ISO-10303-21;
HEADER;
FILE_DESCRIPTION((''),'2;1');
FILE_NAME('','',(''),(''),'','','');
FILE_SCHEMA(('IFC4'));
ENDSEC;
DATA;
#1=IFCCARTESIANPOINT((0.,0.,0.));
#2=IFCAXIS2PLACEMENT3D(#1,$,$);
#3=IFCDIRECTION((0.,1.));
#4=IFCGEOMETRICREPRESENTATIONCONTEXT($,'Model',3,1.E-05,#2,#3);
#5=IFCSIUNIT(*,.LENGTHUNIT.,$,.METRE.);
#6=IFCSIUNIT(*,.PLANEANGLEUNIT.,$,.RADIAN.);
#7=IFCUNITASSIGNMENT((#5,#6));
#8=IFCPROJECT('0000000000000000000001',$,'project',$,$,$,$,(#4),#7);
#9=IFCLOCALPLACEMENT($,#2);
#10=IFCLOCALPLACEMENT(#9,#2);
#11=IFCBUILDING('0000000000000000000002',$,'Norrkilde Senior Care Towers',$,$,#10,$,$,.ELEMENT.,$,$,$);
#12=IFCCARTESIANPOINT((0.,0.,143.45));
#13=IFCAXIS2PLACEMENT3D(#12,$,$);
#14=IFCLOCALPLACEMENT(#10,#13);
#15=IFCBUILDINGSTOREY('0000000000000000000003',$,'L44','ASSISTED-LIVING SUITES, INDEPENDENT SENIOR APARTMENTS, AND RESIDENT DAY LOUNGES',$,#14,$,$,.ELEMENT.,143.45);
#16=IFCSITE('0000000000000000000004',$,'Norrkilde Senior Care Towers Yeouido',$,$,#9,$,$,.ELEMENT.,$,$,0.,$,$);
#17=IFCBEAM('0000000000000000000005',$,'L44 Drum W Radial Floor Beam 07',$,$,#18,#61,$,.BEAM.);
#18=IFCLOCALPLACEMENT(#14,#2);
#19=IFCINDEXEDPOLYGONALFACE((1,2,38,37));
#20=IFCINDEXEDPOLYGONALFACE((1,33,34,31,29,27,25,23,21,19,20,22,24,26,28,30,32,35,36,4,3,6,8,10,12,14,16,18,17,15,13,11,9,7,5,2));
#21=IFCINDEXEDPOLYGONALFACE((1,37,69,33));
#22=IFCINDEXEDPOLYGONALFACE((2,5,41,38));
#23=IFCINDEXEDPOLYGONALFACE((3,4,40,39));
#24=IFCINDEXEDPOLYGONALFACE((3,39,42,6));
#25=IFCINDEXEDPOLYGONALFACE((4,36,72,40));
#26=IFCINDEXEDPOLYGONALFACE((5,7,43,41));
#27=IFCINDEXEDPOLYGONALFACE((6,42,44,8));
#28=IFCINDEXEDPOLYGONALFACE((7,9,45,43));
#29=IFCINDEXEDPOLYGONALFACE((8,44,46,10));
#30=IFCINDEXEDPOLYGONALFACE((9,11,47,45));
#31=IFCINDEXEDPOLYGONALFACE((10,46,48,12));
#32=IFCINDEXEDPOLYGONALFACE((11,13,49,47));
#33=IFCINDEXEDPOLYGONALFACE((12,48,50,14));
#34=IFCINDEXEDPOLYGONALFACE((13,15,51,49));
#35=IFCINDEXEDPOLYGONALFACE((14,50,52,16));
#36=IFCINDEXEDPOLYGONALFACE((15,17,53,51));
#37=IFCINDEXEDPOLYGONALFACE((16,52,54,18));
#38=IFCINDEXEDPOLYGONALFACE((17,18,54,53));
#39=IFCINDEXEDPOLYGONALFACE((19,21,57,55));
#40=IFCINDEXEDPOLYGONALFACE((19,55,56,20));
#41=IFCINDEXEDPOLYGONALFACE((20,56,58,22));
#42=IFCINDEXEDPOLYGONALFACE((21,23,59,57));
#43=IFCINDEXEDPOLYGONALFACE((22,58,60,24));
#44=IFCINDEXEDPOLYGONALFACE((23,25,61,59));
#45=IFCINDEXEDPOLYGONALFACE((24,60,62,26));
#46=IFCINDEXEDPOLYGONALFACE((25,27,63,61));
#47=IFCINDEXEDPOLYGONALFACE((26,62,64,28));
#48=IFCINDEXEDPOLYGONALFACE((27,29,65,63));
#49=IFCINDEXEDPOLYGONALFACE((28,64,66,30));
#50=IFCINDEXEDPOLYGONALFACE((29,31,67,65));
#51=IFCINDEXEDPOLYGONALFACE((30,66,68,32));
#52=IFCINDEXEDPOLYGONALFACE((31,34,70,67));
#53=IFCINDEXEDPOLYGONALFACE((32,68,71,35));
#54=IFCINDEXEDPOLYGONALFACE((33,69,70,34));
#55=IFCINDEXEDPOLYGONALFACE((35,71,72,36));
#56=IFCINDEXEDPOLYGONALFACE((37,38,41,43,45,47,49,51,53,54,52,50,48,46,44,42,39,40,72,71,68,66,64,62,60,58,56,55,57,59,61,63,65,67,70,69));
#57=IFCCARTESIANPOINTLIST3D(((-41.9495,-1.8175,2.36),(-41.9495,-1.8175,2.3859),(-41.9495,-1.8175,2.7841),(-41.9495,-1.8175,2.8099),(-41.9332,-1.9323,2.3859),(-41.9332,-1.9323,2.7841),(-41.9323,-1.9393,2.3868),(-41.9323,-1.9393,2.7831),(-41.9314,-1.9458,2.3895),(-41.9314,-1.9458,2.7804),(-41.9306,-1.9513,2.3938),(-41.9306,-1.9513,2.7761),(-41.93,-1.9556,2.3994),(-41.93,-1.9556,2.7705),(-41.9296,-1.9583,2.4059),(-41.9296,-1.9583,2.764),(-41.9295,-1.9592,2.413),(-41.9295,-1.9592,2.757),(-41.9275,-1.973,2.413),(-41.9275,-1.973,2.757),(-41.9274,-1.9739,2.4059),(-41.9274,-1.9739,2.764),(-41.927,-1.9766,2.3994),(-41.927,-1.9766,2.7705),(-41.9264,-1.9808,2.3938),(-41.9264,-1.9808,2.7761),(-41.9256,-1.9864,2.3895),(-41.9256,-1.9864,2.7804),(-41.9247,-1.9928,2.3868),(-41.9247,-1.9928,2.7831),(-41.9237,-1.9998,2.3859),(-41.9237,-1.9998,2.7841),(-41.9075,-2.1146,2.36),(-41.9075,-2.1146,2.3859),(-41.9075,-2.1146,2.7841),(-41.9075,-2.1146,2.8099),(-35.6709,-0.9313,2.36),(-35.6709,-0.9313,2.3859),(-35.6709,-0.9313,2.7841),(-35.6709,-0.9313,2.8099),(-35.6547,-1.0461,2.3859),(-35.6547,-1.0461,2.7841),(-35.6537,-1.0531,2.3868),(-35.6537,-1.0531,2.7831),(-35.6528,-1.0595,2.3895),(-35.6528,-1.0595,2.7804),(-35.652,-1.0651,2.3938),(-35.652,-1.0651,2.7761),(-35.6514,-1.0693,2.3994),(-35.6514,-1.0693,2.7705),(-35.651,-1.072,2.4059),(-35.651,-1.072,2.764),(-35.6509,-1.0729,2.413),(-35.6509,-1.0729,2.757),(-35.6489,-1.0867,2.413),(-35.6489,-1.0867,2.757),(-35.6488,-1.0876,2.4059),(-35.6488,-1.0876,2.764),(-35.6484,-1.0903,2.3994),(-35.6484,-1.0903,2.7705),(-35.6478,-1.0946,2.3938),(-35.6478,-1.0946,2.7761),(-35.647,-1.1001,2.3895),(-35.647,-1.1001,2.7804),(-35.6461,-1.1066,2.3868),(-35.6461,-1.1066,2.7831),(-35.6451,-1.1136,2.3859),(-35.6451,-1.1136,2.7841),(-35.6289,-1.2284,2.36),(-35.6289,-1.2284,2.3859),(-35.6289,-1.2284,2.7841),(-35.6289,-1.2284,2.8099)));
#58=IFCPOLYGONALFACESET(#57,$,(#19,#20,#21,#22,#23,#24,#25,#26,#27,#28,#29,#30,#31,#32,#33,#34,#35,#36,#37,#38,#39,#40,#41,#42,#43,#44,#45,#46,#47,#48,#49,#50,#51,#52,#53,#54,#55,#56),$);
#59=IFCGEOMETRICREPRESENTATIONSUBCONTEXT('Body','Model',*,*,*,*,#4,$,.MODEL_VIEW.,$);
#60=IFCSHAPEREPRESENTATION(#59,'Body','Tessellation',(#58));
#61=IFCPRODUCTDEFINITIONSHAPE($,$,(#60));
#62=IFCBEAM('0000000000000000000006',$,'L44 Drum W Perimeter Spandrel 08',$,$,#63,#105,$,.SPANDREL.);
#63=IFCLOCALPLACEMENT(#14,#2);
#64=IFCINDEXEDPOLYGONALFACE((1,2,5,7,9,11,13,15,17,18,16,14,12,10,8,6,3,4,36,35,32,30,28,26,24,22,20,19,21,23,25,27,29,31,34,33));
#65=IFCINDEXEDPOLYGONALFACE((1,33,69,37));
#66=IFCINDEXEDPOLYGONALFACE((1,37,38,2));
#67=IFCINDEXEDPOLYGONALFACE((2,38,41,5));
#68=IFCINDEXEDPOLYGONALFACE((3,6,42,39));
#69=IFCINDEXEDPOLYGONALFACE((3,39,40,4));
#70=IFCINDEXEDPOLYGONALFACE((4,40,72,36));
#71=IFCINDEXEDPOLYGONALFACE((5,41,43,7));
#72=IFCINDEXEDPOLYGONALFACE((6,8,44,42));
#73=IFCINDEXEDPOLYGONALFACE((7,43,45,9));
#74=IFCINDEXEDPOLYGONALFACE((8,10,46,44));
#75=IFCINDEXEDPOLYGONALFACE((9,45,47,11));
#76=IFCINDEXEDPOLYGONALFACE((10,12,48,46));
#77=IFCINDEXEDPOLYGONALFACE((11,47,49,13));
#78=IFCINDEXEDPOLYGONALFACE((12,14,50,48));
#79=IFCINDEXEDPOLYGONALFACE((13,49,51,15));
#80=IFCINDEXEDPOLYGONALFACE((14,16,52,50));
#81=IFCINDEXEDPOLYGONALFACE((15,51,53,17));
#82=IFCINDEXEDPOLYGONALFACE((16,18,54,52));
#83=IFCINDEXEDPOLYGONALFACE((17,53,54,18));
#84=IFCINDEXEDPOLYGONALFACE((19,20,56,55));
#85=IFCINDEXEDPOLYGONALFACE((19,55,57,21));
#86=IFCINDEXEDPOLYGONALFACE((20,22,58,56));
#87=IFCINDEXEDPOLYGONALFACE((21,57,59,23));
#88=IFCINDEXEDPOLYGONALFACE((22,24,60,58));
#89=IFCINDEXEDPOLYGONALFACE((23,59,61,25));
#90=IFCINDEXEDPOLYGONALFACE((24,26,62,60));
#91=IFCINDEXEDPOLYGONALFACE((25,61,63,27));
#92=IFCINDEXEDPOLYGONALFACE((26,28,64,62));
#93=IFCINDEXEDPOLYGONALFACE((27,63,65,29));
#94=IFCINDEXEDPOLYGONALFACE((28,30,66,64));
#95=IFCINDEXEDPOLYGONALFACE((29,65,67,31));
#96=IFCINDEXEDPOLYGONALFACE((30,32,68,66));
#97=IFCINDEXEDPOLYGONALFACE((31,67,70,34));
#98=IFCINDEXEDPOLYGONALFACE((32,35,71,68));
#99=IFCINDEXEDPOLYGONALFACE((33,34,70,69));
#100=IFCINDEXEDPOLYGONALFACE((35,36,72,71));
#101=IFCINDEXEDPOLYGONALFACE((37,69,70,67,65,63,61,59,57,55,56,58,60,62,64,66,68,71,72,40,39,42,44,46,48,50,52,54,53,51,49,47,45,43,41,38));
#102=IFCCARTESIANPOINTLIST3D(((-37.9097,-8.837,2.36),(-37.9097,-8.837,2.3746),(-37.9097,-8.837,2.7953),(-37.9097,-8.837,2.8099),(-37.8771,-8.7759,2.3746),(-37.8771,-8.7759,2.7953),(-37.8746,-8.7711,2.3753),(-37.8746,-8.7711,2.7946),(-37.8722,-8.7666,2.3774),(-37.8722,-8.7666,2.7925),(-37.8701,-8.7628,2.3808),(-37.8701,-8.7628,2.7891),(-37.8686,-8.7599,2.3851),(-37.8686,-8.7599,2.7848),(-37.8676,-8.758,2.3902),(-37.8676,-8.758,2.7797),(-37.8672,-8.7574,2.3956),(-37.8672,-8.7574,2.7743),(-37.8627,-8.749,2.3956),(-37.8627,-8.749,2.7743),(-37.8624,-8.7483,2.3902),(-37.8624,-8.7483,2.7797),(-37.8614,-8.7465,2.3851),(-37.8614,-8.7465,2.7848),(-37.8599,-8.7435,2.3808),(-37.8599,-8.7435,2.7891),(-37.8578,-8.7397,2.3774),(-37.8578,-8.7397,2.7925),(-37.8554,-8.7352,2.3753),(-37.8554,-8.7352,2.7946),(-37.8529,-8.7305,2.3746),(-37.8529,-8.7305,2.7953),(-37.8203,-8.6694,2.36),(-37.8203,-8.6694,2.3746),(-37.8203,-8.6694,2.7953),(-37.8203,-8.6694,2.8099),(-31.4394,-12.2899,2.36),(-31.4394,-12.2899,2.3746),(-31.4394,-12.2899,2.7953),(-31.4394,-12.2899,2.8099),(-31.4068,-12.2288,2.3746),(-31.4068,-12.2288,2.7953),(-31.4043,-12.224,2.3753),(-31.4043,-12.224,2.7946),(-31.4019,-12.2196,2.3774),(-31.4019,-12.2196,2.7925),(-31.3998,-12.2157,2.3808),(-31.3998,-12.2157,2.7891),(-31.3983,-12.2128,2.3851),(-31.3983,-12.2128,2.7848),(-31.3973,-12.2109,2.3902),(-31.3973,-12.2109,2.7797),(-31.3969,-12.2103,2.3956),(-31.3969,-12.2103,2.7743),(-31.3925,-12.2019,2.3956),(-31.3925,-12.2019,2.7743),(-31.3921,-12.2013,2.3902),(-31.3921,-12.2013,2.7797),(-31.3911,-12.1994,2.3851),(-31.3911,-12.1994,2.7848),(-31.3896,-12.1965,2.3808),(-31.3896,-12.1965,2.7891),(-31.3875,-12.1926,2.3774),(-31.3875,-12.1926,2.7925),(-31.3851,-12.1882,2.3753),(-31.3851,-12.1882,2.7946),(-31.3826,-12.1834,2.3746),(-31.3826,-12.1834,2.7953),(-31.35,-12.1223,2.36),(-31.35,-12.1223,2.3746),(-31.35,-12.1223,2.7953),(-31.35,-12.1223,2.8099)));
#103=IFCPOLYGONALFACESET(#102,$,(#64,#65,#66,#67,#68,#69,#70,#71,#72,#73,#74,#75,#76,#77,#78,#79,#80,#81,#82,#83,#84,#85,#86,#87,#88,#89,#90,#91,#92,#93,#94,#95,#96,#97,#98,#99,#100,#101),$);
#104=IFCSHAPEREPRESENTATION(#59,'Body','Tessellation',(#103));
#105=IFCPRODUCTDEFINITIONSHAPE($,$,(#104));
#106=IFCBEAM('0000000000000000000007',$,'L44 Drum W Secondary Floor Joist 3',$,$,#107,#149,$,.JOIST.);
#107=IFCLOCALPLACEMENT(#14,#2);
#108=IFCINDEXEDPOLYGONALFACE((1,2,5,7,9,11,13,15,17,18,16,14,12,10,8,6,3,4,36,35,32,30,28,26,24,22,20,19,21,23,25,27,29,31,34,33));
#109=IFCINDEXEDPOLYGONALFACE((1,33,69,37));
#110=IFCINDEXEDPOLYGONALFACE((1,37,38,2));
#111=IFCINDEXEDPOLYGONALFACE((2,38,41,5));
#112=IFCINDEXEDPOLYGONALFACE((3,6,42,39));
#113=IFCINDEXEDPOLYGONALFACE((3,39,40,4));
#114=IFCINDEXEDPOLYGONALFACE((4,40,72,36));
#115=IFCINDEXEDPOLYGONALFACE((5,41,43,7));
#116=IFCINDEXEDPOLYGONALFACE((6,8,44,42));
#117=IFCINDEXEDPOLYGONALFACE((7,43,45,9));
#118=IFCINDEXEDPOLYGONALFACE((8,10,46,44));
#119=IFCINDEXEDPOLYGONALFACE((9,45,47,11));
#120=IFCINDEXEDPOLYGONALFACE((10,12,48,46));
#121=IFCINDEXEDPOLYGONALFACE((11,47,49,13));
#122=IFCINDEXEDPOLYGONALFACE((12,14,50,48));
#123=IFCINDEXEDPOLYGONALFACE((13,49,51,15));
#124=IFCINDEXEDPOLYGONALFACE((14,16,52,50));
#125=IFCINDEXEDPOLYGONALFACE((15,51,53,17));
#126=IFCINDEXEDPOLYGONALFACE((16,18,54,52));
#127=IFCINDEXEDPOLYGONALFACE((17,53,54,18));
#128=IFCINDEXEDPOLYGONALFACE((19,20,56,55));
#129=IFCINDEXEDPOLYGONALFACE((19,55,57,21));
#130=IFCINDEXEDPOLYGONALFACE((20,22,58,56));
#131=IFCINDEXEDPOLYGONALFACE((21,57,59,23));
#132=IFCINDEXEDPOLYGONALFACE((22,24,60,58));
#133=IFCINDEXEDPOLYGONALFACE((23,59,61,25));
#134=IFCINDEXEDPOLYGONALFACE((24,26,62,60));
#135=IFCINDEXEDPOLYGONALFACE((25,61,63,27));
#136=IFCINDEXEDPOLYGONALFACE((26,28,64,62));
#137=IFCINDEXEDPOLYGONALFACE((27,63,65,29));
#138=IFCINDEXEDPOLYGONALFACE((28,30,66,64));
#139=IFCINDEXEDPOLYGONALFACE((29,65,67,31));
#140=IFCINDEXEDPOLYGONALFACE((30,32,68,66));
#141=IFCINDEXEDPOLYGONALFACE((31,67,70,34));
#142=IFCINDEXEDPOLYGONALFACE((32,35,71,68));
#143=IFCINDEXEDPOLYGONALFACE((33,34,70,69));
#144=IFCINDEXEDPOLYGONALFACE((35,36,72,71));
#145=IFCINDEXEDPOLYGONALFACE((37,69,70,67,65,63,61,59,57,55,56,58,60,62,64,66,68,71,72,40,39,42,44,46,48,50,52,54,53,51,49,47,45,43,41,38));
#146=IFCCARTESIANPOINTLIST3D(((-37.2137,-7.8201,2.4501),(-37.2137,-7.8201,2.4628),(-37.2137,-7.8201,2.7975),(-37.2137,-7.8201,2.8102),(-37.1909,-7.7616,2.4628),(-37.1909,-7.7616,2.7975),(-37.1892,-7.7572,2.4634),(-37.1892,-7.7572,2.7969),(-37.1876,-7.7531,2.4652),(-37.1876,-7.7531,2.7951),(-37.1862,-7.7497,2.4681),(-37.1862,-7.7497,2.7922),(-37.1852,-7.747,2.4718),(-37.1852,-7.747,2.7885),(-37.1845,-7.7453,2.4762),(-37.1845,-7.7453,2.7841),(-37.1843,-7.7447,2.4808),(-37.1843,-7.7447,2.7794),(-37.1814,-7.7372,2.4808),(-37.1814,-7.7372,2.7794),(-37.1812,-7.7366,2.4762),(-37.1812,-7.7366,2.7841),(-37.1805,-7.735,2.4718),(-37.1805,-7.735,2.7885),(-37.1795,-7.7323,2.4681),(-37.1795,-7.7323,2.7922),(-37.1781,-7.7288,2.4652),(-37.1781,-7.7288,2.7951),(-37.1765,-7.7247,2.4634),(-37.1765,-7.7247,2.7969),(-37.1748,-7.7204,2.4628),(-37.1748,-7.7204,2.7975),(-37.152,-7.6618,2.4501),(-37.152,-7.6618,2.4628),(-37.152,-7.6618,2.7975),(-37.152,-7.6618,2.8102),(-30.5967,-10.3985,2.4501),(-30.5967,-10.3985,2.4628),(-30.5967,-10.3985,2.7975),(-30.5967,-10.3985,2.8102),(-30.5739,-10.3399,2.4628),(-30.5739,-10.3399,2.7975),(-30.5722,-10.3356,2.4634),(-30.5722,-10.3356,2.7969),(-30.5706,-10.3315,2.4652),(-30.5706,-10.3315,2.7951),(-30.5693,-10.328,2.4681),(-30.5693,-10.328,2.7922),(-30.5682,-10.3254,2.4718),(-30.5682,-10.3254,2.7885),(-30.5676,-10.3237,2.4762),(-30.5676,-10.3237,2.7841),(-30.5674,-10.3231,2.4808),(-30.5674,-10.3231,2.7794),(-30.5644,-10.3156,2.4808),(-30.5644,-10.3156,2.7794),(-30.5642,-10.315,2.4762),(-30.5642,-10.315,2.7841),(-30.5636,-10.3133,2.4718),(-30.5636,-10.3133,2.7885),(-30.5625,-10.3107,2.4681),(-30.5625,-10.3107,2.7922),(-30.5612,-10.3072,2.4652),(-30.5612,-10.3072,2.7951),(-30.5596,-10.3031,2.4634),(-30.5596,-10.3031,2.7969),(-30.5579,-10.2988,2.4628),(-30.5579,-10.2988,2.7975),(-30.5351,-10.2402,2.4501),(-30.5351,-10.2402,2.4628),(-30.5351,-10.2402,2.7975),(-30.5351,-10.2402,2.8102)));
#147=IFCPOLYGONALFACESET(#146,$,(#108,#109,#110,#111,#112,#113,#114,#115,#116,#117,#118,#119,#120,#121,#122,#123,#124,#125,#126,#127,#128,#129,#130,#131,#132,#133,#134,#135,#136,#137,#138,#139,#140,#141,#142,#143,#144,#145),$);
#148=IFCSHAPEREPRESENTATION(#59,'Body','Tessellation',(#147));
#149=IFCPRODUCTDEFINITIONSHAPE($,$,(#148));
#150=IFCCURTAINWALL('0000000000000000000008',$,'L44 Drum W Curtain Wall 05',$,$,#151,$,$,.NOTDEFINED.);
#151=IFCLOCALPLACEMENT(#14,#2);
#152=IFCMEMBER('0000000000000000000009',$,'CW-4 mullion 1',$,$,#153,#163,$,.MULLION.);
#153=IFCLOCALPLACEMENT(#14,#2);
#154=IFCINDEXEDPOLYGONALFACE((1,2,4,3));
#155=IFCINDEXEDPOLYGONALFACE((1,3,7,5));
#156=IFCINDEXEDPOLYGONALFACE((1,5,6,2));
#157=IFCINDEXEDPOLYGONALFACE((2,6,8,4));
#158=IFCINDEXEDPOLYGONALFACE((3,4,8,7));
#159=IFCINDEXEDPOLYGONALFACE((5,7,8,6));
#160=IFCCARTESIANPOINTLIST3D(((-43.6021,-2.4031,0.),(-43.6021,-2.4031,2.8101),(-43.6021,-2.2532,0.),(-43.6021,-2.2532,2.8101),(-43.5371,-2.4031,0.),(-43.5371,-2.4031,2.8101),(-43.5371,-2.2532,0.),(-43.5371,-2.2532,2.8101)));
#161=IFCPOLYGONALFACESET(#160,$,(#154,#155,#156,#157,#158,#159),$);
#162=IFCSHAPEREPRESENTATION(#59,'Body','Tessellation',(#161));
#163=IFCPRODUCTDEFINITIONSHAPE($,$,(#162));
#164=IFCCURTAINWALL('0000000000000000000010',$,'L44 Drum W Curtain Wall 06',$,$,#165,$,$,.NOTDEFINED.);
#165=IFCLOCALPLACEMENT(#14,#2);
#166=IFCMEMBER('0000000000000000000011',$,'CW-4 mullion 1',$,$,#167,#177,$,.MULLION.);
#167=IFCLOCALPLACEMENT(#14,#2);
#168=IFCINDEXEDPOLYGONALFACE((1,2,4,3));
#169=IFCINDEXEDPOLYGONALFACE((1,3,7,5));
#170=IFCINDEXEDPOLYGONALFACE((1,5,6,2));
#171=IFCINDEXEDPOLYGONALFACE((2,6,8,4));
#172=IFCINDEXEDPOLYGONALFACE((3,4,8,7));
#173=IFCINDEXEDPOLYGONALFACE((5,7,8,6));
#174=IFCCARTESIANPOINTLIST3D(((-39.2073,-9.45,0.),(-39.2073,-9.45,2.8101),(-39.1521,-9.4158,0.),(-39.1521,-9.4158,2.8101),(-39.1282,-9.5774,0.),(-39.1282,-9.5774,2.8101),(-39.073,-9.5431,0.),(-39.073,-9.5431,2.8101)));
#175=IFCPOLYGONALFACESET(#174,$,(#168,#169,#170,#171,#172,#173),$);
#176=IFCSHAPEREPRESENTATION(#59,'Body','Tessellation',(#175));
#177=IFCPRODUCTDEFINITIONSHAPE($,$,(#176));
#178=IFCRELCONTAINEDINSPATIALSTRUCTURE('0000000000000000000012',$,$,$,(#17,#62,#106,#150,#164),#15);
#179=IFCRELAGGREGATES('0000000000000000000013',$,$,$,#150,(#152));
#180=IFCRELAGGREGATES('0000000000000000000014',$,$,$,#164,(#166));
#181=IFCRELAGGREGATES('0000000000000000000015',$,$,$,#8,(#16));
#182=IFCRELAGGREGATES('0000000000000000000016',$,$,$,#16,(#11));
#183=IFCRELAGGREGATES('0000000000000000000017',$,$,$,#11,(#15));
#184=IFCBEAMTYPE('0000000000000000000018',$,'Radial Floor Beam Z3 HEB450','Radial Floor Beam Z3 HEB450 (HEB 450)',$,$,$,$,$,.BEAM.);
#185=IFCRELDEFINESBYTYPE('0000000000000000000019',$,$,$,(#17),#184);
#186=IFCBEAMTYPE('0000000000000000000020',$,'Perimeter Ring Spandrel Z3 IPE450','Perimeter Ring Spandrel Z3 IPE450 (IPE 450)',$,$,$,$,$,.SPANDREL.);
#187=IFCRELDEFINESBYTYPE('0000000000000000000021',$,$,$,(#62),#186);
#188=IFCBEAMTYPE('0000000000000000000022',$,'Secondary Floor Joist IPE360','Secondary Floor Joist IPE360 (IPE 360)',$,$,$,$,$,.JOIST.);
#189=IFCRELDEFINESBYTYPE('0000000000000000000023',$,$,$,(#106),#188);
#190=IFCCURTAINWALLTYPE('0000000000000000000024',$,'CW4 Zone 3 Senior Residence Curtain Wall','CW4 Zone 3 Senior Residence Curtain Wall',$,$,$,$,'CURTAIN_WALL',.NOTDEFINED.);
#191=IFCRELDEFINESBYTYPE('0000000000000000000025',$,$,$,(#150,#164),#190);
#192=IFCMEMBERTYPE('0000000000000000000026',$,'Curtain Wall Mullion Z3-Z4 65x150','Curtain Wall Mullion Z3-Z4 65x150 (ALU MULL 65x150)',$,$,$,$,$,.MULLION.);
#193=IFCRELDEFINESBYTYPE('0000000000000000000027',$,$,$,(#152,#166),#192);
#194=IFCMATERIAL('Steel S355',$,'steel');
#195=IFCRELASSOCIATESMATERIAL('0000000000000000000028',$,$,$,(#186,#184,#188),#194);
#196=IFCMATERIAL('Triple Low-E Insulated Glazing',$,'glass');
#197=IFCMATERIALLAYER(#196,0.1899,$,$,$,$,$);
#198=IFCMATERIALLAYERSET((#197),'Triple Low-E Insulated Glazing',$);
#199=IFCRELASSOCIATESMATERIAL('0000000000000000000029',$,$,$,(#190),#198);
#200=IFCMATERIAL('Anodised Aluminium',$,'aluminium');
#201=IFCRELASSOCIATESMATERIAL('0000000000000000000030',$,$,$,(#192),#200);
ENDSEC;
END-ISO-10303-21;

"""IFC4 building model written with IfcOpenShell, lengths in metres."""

from ifc_helpers import new_model, si_unit, direction, frame, origin, origin_2d, place, context, subcontext, project, spatial, rectangle, i_section, extrude, source, transform, mapped, material, layer, layer_set, material_profile, profile_set, type_object, type_shapes, element, aggregate, save


model = new_model("IFC4")

# Units and contexts
model_context = context("Model", 3, precision=1e-05, world=origin(), true_north=direction((0.0, 1.0)))
body_context = subcontext(model_context, "Body", "Model", "MODEL_VIEW")
ifc_project = project(units=[si_unit("LENGTHUNIT", "METRE"), si_unit("PLANEANGLEUNIT", "RADIAN")], contexts=[model_context])

# Site, building, storey
site_placement = place(None, origin())
site = spatial("IfcSite", under=ifc_project, at=site_placement, Name="Norrkilde Senior Care Towers Yeouido", CompositionType="ELEMENT", RefElevation=0.0)
building_placement = place(site_placement, origin())
building = spatial("IfcBuilding", under=site, at=building_placement, Name="Norrkilde Senior Care Towers", CompositionType="ELEMENT")
storey_placement = place(building_placement, frame((0.0, 0.0, 143.45)))
storey = spatial("IfcBuildingStorey", under=building, at=storey_placement, Name="L44", Description="ASSISTED-LIVING SUITES, INDEPENDENT SENIOR APARTMENTS, AND RESIDENT DAY LOUNGES", CompositionType="ELEMENT", Elevation=143.45)

# Beams
ifc_material_1 = material(Name="Steel S355", Category="steel")
ifc_material_profile_1 = material_profile(ifc_material_1, i_section(OverallWidth=0.1899, OverallDepth=0.45, WebThickness=0.0095, FlangeThickness=0.0146, FilletRadius=0.021, at=origin_2d()), Name="IPE 450")
ifc_profile_set_1 = profile_set([ifc_material_profile_1], Name="Steel S355")
beam_type_1 = type_object("IfcBeamType", Name="Perimeter Ring Spandrel Z3 IPE450", Description="Perimeter Ring Spandrel Z3 IPE450 (IPE 450)", PredefinedType="SPANDREL", material=ifc_profile_set_1)
ifc_material_profile_2 = material_profile(ifc_material_1, i_section(OverallWidth=0.3, OverallDepth=0.45, WebThickness=0.0139, FlangeThickness=0.0259, FilletRadius=0.0271, at=origin_2d()), Name="HEB 450")
ifc_profile_set_2 = profile_set([ifc_material_profile_2], Name="Steel S355")
beam_type_2 = type_object("IfcBeamType", Name="Radial Floor Beam Z3 HEB450", Description="Radial Floor Beam Z3 HEB450 (HEB 450)", PredefinedType="BEAM", material=ifc_profile_set_2)
shared_shape_1 = source(origin(), body_context, "Body", "SweptSolid", [
    extrude(i_section(OverallWidth=0.3, OverallDepth=0.45, WebThickness=0.0139, FlangeThickness=0.0259, FilletRadius=0.0271, at=origin_2d()), origin(), (0.0, 0.0, 1.0), 6.3408),
])
type_shapes(beam_type_2, [shared_shape_1])
beam_1_placement = place(storey_placement, frame((-35.6499, -1.0798, 2.585), z_axis=(-0.990185, -0.139766, 0.0), x_axis=(0.139766, -0.990185, 0.0)))
element("IfcBeam", 1, at=beam_1_placement, inside=storey, type_object=beam_type_2, Name="L44 Drum W Radial Floor Beam 07", PredefinedType="BEAM", context=body_context, shape_type="MappedRepresentation", body=[
    mapped(shared_shape_1, transform((0.0, 0.0, 0.0), x_axis=(1.0, 0.0, 0.0), y_axis=(0.0, 1.0, 0.0), z_axis=(0.0, 0.0, 1.0), scale=1.0)),
])
shared_shape_2 = source(origin(), body_context, "Body", "SweptSolid", [
    extrude(i_section(OverallWidth=0.1899, OverallDepth=0.45, WebThickness=0.0095, FlangeThickness=0.0146, FilletRadius=0.021, at=origin_2d()), origin(), (0.0, 0.0, 1.0), 7.334),
])
beam_2_placement = place(storey_placement, frame((-37.865, -8.7532, 2.585), z_axis=(0.882234, -0.470811, 0.0), x_axis=(0.470811, 0.882234, 0.0)))
element("IfcBeam", 2, at=beam_2_placement, inside=storey, type_object=beam_type_1, Name="L44 Drum W Perimeter Spandrel 08", PredefinedType="SPANDREL", context=body_context, shape_type="MappedRepresentation", body=[
    mapped(shared_shape_2, transform((0.0, 0.0, 0.0), x_axis=(1.0, 0.0, 0.0), y_axis=(0.0, 1.0, 0.0), z_axis=(0.0, 0.0, 1.0), scale=1.0)),
])
ifc_material_profile_3 = material_profile(ifc_material_1, i_section(OverallWidth=0.1699, OverallDepth=0.3601, WebThickness=0.0081, FlangeThickness=0.0127, FilletRadius=0.0181, at=origin_2d()), Name="IPE 360")
ifc_profile_set_3 = profile_set([ifc_material_profile_3], Name="Steel S355")
beam_type_3 = type_object("IfcBeamType", Name="Secondary Floor Joist IPE360", Description="Secondary Floor Joist IPE360 (IPE 360)", PredefinedType="JOIST", material=ifc_profile_set_3)
shared_shape_3 = source(origin(), body_context, "Body", "SweptSolid", [
    extrude(i_section(OverallWidth=0.1699, OverallDepth=0.3601, WebThickness=0.0081, FlangeThickness=0.0127, FilletRadius=0.0181, at=origin_2d()), origin(), (0.0, 0.0, 1.0), 7.1016),
])
type_shapes(beam_type_3, [shared_shape_3])
beam_3_placement = place(storey_placement, frame((-37.1829, -7.741, 2.6301), z_axis=(0.931761, -0.363072, 0.0), x_axis=(0.363072, 0.931761, 0.0)))
element("IfcBeam", 3, at=beam_3_placement, inside=storey, type_object=beam_type_3, Name="L44 Drum W Secondary Floor Joist 3", PredefinedType="JOIST", context=body_context, shape_type="MappedRepresentation", body=[
    mapped(shared_shape_3, transform((0.0, 0.0, 0.0), x_axis=(1.0, 0.0, 0.0), y_axis=(0.0, 1.0, 0.0), z_axis=(0.0, 0.0, 1.0), scale=1.0)),
])

# Curtain wall, member
ifc_material_2 = material(Name="Triple Low-E Insulated Glazing", Category="glass")
ifc_layer_1 = layer(ifc_material_2, 0.1899)
ifc_layer_set_1 = layer_set([ifc_layer_1], Name="Triple Low-E Insulated Glazing")
curtain_wall_type = type_object("IfcCurtainWallType", Name="CW4 Zone 3 Senior Residence Curtain Wall", Description="CW4 Zone 3 Senior Residence Curtain Wall", ElementType="CURTAIN_WALL", PredefinedType="NOTDEFINED", material=ifc_layer_set_1)
curtain_wall_1_placement = place(storey_placement, origin())
curtain_wall_1 = element("IfcCurtainWall", 4, at=curtain_wall_1_placement, inside=storey, type_object=curtain_wall_type, Name="L44 Drum W Curtain Wall 05", PredefinedType="NOTDEFINED")
ifc_material_3 = material(Name="Anodised Aluminium", Category="aluminium")
ifc_material_profile_4 = material_profile(ifc_material_3, rectangle(XDim=0.0649, YDim=0.1499, at=origin_2d()), Name="ALU MULL 65x150")
ifc_profile_set_4 = profile_set([ifc_material_profile_4], Name="Anodised Aluminium")
member_type_1 = type_object("IfcMemberType", Name="Curtain Wall Mullion Z3-Z4 65x150", Description="Curtain Wall Mullion Z3-Z4 65x150 (ALU MULL 65x150)", PredefinedType="MULLION", material=ifc_profile_set_4)
shared_shape_4 = source(origin(), body_context, "Body", "SweptSolid", [
    extrude(rectangle(XDim=0.0649, YDim=0.1499, at=origin_2d()), origin(), (0.0, 0.0, 1.0), 2.8101),
])
type_shapes(member_type_1, [shared_shape_4])
member_1_placement = place(storey_placement, frame((-43.5696, -2.3281, 0.0), z_axis=(0.0, 0.0, 1.0), x_axis=(-1.0, 0.0, 0.0)))
member_1 = element("IfcMember", 5, at=member_1_placement, type_object=member_type_1, Name="CW-4 mullion 1", PredefinedType="MULLION", context=body_context, shape_type="MappedRepresentation", body=[
    mapped(shared_shape_4, transform((0.0, 0.0, 0.0), x_axis=(1.0, 0.0, 0.0), y_axis=(0.0, 1.0, 0.0), z_axis=(0.0, 0.0, 1.0), scale=1.0)),
])

# Curtain wall, member
curtain_wall_2_placement = place(storey_placement, origin())
curtain_wall_2 = element("IfcCurtainWall", 6, at=curtain_wall_2_placement, inside=storey, type_object=curtain_wall_type, Name="L44 Drum W Curtain Wall 06", PredefinedType="NOTDEFINED")
member_2_placement = place(storey_placement, frame((-39.1401, -9.4966, 0.0), z_axis=(0.0, 0.0, 1.0), x_axis=(-0.849634, -0.527373, 0.0)))
member_2 = element("IfcMember", 7, at=member_2_placement, type_object=member_type_1, Name="CW-4 mullion 1", PredefinedType="MULLION", context=body_context, shape_type="MappedRepresentation", body=[
    mapped(shared_shape_4, transform((0.0, 0.0, 0.0), x_axis=(1.0, 0.0, 0.0), y_axis=(0.0, 1.0, 0.0), z_axis=(0.0, 0.0, 1.0), scale=1.0)),
])

aggregate(curtain_wall_1, [member_1])

aggregate(curtain_wall_2, [member_2])

save(model, "model.ifc")
